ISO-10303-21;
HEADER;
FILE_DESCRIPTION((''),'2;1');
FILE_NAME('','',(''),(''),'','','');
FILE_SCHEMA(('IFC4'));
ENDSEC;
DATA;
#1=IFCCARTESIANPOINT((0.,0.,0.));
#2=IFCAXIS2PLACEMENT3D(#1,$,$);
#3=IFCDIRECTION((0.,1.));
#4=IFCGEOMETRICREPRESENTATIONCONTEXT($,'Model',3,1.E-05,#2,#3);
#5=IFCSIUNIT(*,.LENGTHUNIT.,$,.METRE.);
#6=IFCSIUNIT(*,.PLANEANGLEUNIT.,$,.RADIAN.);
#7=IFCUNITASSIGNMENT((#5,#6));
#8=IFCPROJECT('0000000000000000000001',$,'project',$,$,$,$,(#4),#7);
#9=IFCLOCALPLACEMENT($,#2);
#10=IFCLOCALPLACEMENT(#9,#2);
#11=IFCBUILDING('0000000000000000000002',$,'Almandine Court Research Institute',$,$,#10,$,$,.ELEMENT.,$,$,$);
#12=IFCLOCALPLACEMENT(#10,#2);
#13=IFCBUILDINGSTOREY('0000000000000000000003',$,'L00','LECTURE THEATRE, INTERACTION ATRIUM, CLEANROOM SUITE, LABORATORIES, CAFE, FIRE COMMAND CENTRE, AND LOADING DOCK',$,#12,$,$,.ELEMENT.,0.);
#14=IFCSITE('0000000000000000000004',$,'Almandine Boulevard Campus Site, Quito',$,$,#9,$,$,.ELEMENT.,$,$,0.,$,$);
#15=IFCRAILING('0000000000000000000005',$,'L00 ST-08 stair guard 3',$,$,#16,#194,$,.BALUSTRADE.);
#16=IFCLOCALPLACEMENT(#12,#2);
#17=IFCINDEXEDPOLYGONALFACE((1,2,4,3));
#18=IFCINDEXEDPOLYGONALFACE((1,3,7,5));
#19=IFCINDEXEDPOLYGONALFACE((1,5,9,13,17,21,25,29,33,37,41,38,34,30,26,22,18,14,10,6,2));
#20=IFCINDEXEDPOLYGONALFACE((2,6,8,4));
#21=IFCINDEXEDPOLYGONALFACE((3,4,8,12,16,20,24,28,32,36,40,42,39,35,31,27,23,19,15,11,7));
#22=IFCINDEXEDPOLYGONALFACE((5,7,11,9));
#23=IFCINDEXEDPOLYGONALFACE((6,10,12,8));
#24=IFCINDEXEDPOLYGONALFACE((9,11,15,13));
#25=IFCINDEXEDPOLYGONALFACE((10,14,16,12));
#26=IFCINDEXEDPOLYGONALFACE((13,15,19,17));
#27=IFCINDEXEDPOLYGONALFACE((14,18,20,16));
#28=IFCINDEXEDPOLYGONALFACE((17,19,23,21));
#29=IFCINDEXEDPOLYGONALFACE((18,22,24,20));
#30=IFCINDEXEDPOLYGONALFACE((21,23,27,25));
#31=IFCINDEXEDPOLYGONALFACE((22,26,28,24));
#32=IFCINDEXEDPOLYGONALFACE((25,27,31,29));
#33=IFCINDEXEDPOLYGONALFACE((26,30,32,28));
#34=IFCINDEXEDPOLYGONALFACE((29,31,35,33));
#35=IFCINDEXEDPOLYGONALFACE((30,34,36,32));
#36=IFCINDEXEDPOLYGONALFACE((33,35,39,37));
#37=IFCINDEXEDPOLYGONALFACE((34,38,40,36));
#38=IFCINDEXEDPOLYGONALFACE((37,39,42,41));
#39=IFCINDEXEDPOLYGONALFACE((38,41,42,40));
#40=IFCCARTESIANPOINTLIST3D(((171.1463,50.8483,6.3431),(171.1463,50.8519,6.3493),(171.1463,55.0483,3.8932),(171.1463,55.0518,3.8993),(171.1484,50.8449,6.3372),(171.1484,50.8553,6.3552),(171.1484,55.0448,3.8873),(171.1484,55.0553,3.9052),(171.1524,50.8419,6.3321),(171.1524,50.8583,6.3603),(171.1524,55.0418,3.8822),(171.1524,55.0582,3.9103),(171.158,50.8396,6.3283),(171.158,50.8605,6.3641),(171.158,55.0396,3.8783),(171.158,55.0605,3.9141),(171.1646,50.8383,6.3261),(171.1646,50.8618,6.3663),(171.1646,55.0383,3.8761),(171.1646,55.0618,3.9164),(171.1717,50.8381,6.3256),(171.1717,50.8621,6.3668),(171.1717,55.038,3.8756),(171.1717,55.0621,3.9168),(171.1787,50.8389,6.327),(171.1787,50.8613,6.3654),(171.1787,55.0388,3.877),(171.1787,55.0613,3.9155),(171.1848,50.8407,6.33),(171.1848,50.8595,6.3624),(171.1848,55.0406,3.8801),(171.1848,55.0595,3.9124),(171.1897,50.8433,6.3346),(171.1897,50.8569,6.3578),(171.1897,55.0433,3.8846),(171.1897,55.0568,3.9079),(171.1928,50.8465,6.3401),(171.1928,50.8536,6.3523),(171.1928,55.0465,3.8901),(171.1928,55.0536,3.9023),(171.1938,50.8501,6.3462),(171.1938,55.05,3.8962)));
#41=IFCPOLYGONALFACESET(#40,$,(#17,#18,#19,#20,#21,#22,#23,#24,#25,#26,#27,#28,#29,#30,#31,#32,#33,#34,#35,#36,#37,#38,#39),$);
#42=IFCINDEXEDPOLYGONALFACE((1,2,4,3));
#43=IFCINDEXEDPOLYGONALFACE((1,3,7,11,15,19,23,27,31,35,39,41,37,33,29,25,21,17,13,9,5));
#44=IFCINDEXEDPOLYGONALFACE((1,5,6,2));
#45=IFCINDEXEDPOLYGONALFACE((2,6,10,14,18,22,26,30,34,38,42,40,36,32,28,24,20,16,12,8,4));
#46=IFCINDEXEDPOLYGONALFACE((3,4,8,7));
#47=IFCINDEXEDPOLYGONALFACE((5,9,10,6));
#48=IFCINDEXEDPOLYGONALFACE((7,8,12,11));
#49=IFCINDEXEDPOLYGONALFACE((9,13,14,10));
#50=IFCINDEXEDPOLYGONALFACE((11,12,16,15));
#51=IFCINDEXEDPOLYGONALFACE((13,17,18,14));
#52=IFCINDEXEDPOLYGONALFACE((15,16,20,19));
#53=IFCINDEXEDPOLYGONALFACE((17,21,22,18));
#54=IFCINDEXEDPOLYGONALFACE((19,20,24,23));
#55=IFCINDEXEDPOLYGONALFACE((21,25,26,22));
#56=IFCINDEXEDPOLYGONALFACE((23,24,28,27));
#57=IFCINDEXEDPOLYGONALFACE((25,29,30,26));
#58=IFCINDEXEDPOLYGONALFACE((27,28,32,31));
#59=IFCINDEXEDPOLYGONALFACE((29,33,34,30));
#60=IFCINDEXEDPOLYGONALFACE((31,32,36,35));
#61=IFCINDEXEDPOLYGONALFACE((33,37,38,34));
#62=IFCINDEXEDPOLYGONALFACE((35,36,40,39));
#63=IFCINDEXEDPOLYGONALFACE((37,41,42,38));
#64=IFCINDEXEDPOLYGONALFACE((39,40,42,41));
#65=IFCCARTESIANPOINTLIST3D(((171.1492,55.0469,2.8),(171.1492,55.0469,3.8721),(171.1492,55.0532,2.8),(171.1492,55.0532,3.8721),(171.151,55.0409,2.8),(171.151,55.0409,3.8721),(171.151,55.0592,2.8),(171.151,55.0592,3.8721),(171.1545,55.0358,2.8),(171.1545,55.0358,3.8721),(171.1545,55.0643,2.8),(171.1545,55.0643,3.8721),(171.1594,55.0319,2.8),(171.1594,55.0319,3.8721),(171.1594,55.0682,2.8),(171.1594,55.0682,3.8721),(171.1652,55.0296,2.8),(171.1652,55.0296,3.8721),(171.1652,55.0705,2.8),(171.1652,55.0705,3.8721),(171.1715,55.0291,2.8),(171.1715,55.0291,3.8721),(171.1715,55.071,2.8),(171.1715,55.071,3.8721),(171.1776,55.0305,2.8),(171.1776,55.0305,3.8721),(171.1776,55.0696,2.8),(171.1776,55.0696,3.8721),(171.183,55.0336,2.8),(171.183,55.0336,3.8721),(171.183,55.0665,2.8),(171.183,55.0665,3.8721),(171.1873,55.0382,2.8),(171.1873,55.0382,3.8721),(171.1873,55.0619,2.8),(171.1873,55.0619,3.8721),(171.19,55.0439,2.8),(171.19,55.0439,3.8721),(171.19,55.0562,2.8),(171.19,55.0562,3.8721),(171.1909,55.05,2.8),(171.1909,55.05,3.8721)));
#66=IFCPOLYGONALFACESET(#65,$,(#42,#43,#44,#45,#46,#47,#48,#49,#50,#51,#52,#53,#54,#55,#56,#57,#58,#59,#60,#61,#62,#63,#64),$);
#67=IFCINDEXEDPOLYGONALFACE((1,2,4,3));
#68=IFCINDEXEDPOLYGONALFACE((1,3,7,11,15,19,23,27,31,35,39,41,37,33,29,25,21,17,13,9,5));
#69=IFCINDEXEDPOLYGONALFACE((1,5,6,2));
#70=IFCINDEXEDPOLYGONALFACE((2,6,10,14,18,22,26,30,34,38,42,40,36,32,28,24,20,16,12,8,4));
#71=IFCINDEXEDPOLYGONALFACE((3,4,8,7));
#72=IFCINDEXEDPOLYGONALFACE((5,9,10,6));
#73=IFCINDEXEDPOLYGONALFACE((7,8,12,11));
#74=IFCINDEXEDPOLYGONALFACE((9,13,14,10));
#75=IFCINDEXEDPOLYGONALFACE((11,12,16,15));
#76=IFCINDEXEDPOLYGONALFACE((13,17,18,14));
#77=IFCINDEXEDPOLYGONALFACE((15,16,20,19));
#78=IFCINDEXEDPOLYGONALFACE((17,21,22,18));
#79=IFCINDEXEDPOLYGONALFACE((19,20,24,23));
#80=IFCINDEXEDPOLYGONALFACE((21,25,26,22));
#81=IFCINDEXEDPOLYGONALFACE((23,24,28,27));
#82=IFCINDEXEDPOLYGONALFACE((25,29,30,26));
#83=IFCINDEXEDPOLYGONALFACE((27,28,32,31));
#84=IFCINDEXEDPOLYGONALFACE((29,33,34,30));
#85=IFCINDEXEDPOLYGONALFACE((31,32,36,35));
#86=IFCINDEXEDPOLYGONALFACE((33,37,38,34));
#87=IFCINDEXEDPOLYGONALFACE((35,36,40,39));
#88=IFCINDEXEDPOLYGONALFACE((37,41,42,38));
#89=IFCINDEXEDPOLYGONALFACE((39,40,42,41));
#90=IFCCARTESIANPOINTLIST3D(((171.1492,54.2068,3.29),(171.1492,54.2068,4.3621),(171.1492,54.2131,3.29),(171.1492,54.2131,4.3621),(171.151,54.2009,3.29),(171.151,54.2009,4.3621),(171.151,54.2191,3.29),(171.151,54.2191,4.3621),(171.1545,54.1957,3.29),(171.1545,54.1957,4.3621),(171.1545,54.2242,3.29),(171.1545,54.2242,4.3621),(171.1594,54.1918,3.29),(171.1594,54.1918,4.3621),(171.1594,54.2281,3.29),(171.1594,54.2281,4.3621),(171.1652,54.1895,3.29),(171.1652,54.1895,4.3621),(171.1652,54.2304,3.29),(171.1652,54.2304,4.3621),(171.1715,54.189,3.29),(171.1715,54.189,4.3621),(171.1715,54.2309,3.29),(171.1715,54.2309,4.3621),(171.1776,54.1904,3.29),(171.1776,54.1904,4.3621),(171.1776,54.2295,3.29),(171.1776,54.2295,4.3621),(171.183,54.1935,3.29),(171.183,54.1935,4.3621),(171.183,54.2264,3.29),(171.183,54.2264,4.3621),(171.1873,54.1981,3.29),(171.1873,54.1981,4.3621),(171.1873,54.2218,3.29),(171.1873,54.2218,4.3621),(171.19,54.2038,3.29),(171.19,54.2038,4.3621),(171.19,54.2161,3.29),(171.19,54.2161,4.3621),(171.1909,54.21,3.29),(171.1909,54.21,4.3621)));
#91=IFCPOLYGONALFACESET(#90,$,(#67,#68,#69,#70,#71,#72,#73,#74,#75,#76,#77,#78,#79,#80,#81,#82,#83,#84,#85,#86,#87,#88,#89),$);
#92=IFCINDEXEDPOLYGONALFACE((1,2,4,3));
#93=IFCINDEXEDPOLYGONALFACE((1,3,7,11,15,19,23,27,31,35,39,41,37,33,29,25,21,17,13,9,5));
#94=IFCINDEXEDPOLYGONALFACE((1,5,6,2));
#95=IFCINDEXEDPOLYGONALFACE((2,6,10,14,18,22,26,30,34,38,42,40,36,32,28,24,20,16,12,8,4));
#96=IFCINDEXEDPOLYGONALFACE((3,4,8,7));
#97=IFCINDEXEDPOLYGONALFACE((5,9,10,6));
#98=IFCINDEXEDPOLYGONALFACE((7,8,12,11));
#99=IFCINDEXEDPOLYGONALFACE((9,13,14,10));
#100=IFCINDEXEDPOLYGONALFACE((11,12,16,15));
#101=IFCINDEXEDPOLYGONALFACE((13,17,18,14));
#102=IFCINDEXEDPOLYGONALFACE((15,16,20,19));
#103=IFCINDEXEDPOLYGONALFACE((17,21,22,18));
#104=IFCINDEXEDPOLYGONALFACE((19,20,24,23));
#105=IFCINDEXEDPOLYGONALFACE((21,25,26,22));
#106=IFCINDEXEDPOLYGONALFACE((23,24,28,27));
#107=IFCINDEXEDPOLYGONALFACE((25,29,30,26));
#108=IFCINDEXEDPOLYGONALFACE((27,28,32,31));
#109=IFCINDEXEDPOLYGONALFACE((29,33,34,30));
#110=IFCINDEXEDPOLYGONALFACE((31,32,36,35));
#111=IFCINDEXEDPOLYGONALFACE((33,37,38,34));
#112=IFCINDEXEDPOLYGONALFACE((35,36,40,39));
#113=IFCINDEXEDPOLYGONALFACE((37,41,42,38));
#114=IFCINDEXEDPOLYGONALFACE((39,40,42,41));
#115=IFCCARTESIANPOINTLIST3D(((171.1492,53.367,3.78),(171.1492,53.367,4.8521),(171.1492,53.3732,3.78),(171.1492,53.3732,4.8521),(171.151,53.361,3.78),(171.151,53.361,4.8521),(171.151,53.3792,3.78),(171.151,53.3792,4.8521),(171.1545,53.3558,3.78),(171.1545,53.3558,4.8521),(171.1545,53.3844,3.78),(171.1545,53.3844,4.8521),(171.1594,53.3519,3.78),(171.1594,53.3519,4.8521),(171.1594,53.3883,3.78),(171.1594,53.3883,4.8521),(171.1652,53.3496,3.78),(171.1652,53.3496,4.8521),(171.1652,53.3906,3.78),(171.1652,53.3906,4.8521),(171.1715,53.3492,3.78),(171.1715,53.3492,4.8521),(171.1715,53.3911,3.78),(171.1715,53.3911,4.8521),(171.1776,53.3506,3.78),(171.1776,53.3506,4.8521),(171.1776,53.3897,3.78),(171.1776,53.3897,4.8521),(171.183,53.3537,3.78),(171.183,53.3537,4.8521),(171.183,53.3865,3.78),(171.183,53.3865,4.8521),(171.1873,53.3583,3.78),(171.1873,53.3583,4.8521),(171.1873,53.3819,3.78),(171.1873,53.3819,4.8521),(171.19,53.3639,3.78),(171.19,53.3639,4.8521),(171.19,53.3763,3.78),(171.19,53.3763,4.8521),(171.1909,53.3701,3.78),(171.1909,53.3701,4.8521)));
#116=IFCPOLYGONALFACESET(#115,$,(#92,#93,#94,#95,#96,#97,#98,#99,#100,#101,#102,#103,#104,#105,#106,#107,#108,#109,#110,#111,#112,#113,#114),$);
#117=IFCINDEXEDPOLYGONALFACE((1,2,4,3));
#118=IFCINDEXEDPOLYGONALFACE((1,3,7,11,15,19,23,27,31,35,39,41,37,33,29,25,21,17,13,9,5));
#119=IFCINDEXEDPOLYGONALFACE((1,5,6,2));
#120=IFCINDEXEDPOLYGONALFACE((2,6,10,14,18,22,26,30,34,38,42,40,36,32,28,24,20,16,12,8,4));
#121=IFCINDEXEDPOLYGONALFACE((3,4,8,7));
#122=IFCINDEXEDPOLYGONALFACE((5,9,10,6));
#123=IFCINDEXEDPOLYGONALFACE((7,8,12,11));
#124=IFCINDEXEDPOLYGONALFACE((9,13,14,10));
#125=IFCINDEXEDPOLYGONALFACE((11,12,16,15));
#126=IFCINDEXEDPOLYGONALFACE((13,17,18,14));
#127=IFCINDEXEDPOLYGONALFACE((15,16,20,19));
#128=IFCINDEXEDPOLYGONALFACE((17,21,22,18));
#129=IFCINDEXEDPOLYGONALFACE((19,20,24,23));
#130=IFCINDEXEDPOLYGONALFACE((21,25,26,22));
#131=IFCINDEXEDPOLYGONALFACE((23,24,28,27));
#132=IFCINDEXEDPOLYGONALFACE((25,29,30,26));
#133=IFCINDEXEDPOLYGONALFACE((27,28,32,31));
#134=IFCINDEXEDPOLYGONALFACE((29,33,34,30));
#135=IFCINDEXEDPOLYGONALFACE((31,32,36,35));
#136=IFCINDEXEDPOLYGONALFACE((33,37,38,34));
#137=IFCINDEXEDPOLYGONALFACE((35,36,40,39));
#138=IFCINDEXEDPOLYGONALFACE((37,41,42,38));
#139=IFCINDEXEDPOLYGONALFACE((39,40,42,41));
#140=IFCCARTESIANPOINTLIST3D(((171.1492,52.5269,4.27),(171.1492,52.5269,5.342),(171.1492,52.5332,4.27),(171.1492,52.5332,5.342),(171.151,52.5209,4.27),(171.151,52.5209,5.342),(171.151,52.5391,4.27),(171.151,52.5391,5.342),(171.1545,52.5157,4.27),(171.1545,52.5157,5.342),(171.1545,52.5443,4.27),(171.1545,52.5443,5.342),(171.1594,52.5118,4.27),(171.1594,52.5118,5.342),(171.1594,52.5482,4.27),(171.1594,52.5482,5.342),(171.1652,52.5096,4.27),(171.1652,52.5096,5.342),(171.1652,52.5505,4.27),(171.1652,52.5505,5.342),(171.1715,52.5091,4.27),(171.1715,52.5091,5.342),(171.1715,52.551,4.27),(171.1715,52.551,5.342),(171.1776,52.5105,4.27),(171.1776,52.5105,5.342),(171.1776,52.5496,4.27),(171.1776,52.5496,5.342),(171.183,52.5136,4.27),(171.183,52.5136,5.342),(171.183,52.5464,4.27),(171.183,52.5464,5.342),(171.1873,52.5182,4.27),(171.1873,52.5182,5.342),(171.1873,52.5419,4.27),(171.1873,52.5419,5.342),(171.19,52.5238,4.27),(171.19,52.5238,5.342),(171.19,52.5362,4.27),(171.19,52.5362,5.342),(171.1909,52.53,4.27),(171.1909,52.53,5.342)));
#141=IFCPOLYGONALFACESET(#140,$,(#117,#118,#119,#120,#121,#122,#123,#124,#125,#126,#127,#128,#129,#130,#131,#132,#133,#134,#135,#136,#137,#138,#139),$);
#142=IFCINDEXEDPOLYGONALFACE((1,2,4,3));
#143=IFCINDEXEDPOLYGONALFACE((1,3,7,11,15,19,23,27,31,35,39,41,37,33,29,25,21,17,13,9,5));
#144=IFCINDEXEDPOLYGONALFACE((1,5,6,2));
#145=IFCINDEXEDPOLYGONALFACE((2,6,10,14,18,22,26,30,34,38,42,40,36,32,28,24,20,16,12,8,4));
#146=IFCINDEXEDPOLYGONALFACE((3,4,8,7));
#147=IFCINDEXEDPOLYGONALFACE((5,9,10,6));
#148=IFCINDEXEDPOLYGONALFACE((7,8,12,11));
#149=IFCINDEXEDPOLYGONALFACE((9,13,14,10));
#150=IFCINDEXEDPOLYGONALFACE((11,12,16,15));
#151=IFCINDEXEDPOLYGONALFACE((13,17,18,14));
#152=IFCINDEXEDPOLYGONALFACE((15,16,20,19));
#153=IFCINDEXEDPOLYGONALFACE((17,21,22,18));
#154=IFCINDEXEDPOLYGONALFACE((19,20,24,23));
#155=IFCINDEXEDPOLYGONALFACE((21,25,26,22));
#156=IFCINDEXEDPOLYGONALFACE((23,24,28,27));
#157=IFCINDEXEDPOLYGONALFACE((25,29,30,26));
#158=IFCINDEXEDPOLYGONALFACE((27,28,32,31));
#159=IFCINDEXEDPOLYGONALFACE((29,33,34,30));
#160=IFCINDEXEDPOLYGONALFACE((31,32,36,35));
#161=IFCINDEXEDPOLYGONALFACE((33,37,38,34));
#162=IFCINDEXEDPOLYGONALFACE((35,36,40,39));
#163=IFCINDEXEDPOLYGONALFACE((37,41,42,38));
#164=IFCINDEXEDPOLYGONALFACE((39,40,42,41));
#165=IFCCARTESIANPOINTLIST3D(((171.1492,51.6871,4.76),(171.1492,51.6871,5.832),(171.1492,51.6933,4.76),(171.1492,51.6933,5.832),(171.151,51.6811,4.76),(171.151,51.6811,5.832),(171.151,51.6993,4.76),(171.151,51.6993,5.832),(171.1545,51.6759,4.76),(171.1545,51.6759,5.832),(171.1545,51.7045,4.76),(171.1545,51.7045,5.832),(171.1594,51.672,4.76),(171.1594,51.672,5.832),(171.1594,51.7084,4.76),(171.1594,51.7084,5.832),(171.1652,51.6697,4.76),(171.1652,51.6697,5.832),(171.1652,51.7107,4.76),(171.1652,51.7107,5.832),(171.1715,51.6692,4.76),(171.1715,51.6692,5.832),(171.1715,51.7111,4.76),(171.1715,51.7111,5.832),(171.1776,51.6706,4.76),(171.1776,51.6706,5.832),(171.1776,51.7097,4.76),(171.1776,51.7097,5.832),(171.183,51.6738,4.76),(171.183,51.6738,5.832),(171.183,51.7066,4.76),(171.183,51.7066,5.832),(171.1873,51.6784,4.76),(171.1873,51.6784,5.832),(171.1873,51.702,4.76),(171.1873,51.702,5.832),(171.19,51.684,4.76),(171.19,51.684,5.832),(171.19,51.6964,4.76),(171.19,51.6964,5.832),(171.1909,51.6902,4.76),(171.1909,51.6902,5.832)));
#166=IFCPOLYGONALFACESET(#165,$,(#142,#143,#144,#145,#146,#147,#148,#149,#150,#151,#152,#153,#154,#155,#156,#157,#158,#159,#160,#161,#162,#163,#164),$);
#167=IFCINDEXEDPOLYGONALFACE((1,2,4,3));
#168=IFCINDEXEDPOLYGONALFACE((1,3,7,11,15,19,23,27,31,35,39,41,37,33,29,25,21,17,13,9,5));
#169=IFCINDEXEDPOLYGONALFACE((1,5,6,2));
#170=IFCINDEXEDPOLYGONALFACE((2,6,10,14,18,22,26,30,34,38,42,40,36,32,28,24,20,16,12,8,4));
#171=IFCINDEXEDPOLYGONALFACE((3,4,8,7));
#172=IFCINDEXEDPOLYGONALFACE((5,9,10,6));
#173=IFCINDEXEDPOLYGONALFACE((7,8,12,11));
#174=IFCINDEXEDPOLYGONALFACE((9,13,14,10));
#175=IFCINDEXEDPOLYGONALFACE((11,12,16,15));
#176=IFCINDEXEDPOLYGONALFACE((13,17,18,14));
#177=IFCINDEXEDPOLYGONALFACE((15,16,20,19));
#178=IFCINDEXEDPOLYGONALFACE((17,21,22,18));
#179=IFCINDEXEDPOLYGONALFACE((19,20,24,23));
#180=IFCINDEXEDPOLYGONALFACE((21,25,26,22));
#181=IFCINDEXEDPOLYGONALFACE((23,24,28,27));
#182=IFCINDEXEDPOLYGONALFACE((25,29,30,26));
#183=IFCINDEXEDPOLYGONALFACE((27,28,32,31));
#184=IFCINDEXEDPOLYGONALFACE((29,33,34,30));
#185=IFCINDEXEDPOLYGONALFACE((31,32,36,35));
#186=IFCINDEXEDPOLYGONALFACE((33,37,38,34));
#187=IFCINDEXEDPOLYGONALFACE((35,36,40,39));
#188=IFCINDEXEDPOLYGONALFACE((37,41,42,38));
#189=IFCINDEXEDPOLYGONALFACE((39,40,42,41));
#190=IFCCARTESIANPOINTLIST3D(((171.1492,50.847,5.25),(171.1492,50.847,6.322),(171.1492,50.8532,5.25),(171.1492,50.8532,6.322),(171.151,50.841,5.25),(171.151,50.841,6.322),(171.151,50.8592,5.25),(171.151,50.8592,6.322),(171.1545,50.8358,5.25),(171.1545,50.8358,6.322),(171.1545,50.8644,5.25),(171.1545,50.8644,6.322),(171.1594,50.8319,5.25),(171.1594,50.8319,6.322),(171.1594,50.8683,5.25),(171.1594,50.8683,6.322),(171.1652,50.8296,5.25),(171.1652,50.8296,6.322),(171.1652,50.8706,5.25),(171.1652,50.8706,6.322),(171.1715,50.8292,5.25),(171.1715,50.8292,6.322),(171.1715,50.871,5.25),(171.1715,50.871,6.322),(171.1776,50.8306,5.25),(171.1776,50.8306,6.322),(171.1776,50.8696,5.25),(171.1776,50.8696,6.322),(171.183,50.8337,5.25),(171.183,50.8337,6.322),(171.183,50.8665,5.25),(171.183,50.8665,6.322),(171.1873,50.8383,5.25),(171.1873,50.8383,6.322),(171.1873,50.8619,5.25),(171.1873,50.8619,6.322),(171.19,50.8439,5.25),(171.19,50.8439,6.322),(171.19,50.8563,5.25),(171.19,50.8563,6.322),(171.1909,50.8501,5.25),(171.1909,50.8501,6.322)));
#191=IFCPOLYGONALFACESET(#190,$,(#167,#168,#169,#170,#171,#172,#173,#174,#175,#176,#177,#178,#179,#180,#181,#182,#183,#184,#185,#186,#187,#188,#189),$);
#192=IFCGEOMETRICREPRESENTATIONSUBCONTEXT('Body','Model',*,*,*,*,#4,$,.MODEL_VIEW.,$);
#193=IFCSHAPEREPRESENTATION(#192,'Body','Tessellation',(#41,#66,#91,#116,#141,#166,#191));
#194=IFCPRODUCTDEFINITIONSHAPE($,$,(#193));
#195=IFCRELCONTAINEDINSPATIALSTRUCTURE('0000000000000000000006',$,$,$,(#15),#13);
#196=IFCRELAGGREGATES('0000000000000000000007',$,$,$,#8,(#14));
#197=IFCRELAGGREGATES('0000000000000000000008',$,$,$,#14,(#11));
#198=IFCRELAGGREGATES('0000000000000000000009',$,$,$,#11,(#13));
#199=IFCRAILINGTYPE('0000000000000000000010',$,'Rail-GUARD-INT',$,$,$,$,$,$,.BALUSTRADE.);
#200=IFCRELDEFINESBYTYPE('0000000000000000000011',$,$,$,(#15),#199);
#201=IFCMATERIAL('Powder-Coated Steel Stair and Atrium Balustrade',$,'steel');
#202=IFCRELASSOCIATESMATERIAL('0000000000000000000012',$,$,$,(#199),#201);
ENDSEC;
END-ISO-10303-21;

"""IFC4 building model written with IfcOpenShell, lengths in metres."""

from ifc_helpers import new_model, si_unit, direction, frame, origin, origin_2d, place, context, subcontext, project, spatial, circle, extrude, material, type_object, element, save


model = new_model("IFC4")

# Units and contexts
model_context = context("Model", 3, precision=1e-05, world=origin(), true_north=direction((0.0, 1.0)))
body_context = subcontext(model_context, "Body", "Model", "MODEL_VIEW")
ifc_project = project(units=[si_unit("LENGTHUNIT", "METRE"), si_unit("PLANEANGLEUNIT", "RADIAN")], contexts=[model_context])

# Site, building, storey
site_placement = place(None, origin())
site = spatial("IfcSite", under=ifc_project, at=site_placement, Name="Almandine Boulevard Campus Site, Quito", CompositionType="ELEMENT", RefElevation=0.0)
building_placement = place(site_placement, origin())
building = spatial("IfcBuilding", under=site, at=building_placement, Name="Almandine Court Research Institute", CompositionType="ELEMENT")
storey_placement = place(building_placement, origin())
storey = spatial("IfcBuildingStorey", under=building, at=storey_placement, Name="L00", Description="LECTURE THEATRE, INTERACTION ATRIUM, CLEANROOM SUITE, LABORATORIES, CAFE, FIRE COMMAND CENTRE, AND LOADING DOCK", CompositionType="ELEMENT", Elevation=0.0)

# Railing
ifc_material_1 = material(Name="Powder-Coated Steel Stair and Atrium Balustrade", Category="steel")
railing_type_1 = type_object("IfcRailingType", Name="Rail-GUARD-INT", PredefinedType="BALUSTRADE", material=ifc_material_1)
railing_1_placement = place(storey_placement, frame((171.1699, 55.05, 2.8)))
element("IfcRailing", 1, at=railing_1_placement, inside=storey, type_object=railing_type_1, Name="L00 ST-08 stair guard 3", PredefinedType="BALUSTRADE", context=body_context, shape_type="SweptSolid", body=[
    extrude(circle(Radius=0.0239, at=origin_2d()), frame((0.0, 0.0, 1.0962), z_axis=(0.0, -0.863781, 0.503868), x_axis=(1.0, 0.0, 0.0)), (0.0, 0.0, 1.0), 4.8623),
    extrude(circle(Radius=0.021, at=origin_2d()), origin(), (0.0, 0.0, 1.0), 1.072),
    extrude(circle(Radius=0.021, at=origin_2d()), frame((0.0, -0.8401, 0.49)), (0.0, 0.0, 1.0), 1.072),
    extrude(circle(Radius=0.021, at=origin_2d()), frame((0.0, -1.6799, 0.98)), (0.0, 0.0, 1.0), 1.072),
    extrude(circle(Radius=0.021, at=origin_2d()), frame((0.0, -2.52, 1.47)), (0.0, 0.0, 1.0), 1.072),
    extrude(circle(Radius=0.021, at=origin_2d()), frame((0.0, -3.3599, 1.96)), (0.0, 0.0, 1.0), 1.072),
    extrude(circle(Radius=0.021, at=origin_2d()), frame((0.0, -4.2, 2.45)), (0.0, 0.0, 1.0), 1.072),
])

save(model, "model.ifc")
